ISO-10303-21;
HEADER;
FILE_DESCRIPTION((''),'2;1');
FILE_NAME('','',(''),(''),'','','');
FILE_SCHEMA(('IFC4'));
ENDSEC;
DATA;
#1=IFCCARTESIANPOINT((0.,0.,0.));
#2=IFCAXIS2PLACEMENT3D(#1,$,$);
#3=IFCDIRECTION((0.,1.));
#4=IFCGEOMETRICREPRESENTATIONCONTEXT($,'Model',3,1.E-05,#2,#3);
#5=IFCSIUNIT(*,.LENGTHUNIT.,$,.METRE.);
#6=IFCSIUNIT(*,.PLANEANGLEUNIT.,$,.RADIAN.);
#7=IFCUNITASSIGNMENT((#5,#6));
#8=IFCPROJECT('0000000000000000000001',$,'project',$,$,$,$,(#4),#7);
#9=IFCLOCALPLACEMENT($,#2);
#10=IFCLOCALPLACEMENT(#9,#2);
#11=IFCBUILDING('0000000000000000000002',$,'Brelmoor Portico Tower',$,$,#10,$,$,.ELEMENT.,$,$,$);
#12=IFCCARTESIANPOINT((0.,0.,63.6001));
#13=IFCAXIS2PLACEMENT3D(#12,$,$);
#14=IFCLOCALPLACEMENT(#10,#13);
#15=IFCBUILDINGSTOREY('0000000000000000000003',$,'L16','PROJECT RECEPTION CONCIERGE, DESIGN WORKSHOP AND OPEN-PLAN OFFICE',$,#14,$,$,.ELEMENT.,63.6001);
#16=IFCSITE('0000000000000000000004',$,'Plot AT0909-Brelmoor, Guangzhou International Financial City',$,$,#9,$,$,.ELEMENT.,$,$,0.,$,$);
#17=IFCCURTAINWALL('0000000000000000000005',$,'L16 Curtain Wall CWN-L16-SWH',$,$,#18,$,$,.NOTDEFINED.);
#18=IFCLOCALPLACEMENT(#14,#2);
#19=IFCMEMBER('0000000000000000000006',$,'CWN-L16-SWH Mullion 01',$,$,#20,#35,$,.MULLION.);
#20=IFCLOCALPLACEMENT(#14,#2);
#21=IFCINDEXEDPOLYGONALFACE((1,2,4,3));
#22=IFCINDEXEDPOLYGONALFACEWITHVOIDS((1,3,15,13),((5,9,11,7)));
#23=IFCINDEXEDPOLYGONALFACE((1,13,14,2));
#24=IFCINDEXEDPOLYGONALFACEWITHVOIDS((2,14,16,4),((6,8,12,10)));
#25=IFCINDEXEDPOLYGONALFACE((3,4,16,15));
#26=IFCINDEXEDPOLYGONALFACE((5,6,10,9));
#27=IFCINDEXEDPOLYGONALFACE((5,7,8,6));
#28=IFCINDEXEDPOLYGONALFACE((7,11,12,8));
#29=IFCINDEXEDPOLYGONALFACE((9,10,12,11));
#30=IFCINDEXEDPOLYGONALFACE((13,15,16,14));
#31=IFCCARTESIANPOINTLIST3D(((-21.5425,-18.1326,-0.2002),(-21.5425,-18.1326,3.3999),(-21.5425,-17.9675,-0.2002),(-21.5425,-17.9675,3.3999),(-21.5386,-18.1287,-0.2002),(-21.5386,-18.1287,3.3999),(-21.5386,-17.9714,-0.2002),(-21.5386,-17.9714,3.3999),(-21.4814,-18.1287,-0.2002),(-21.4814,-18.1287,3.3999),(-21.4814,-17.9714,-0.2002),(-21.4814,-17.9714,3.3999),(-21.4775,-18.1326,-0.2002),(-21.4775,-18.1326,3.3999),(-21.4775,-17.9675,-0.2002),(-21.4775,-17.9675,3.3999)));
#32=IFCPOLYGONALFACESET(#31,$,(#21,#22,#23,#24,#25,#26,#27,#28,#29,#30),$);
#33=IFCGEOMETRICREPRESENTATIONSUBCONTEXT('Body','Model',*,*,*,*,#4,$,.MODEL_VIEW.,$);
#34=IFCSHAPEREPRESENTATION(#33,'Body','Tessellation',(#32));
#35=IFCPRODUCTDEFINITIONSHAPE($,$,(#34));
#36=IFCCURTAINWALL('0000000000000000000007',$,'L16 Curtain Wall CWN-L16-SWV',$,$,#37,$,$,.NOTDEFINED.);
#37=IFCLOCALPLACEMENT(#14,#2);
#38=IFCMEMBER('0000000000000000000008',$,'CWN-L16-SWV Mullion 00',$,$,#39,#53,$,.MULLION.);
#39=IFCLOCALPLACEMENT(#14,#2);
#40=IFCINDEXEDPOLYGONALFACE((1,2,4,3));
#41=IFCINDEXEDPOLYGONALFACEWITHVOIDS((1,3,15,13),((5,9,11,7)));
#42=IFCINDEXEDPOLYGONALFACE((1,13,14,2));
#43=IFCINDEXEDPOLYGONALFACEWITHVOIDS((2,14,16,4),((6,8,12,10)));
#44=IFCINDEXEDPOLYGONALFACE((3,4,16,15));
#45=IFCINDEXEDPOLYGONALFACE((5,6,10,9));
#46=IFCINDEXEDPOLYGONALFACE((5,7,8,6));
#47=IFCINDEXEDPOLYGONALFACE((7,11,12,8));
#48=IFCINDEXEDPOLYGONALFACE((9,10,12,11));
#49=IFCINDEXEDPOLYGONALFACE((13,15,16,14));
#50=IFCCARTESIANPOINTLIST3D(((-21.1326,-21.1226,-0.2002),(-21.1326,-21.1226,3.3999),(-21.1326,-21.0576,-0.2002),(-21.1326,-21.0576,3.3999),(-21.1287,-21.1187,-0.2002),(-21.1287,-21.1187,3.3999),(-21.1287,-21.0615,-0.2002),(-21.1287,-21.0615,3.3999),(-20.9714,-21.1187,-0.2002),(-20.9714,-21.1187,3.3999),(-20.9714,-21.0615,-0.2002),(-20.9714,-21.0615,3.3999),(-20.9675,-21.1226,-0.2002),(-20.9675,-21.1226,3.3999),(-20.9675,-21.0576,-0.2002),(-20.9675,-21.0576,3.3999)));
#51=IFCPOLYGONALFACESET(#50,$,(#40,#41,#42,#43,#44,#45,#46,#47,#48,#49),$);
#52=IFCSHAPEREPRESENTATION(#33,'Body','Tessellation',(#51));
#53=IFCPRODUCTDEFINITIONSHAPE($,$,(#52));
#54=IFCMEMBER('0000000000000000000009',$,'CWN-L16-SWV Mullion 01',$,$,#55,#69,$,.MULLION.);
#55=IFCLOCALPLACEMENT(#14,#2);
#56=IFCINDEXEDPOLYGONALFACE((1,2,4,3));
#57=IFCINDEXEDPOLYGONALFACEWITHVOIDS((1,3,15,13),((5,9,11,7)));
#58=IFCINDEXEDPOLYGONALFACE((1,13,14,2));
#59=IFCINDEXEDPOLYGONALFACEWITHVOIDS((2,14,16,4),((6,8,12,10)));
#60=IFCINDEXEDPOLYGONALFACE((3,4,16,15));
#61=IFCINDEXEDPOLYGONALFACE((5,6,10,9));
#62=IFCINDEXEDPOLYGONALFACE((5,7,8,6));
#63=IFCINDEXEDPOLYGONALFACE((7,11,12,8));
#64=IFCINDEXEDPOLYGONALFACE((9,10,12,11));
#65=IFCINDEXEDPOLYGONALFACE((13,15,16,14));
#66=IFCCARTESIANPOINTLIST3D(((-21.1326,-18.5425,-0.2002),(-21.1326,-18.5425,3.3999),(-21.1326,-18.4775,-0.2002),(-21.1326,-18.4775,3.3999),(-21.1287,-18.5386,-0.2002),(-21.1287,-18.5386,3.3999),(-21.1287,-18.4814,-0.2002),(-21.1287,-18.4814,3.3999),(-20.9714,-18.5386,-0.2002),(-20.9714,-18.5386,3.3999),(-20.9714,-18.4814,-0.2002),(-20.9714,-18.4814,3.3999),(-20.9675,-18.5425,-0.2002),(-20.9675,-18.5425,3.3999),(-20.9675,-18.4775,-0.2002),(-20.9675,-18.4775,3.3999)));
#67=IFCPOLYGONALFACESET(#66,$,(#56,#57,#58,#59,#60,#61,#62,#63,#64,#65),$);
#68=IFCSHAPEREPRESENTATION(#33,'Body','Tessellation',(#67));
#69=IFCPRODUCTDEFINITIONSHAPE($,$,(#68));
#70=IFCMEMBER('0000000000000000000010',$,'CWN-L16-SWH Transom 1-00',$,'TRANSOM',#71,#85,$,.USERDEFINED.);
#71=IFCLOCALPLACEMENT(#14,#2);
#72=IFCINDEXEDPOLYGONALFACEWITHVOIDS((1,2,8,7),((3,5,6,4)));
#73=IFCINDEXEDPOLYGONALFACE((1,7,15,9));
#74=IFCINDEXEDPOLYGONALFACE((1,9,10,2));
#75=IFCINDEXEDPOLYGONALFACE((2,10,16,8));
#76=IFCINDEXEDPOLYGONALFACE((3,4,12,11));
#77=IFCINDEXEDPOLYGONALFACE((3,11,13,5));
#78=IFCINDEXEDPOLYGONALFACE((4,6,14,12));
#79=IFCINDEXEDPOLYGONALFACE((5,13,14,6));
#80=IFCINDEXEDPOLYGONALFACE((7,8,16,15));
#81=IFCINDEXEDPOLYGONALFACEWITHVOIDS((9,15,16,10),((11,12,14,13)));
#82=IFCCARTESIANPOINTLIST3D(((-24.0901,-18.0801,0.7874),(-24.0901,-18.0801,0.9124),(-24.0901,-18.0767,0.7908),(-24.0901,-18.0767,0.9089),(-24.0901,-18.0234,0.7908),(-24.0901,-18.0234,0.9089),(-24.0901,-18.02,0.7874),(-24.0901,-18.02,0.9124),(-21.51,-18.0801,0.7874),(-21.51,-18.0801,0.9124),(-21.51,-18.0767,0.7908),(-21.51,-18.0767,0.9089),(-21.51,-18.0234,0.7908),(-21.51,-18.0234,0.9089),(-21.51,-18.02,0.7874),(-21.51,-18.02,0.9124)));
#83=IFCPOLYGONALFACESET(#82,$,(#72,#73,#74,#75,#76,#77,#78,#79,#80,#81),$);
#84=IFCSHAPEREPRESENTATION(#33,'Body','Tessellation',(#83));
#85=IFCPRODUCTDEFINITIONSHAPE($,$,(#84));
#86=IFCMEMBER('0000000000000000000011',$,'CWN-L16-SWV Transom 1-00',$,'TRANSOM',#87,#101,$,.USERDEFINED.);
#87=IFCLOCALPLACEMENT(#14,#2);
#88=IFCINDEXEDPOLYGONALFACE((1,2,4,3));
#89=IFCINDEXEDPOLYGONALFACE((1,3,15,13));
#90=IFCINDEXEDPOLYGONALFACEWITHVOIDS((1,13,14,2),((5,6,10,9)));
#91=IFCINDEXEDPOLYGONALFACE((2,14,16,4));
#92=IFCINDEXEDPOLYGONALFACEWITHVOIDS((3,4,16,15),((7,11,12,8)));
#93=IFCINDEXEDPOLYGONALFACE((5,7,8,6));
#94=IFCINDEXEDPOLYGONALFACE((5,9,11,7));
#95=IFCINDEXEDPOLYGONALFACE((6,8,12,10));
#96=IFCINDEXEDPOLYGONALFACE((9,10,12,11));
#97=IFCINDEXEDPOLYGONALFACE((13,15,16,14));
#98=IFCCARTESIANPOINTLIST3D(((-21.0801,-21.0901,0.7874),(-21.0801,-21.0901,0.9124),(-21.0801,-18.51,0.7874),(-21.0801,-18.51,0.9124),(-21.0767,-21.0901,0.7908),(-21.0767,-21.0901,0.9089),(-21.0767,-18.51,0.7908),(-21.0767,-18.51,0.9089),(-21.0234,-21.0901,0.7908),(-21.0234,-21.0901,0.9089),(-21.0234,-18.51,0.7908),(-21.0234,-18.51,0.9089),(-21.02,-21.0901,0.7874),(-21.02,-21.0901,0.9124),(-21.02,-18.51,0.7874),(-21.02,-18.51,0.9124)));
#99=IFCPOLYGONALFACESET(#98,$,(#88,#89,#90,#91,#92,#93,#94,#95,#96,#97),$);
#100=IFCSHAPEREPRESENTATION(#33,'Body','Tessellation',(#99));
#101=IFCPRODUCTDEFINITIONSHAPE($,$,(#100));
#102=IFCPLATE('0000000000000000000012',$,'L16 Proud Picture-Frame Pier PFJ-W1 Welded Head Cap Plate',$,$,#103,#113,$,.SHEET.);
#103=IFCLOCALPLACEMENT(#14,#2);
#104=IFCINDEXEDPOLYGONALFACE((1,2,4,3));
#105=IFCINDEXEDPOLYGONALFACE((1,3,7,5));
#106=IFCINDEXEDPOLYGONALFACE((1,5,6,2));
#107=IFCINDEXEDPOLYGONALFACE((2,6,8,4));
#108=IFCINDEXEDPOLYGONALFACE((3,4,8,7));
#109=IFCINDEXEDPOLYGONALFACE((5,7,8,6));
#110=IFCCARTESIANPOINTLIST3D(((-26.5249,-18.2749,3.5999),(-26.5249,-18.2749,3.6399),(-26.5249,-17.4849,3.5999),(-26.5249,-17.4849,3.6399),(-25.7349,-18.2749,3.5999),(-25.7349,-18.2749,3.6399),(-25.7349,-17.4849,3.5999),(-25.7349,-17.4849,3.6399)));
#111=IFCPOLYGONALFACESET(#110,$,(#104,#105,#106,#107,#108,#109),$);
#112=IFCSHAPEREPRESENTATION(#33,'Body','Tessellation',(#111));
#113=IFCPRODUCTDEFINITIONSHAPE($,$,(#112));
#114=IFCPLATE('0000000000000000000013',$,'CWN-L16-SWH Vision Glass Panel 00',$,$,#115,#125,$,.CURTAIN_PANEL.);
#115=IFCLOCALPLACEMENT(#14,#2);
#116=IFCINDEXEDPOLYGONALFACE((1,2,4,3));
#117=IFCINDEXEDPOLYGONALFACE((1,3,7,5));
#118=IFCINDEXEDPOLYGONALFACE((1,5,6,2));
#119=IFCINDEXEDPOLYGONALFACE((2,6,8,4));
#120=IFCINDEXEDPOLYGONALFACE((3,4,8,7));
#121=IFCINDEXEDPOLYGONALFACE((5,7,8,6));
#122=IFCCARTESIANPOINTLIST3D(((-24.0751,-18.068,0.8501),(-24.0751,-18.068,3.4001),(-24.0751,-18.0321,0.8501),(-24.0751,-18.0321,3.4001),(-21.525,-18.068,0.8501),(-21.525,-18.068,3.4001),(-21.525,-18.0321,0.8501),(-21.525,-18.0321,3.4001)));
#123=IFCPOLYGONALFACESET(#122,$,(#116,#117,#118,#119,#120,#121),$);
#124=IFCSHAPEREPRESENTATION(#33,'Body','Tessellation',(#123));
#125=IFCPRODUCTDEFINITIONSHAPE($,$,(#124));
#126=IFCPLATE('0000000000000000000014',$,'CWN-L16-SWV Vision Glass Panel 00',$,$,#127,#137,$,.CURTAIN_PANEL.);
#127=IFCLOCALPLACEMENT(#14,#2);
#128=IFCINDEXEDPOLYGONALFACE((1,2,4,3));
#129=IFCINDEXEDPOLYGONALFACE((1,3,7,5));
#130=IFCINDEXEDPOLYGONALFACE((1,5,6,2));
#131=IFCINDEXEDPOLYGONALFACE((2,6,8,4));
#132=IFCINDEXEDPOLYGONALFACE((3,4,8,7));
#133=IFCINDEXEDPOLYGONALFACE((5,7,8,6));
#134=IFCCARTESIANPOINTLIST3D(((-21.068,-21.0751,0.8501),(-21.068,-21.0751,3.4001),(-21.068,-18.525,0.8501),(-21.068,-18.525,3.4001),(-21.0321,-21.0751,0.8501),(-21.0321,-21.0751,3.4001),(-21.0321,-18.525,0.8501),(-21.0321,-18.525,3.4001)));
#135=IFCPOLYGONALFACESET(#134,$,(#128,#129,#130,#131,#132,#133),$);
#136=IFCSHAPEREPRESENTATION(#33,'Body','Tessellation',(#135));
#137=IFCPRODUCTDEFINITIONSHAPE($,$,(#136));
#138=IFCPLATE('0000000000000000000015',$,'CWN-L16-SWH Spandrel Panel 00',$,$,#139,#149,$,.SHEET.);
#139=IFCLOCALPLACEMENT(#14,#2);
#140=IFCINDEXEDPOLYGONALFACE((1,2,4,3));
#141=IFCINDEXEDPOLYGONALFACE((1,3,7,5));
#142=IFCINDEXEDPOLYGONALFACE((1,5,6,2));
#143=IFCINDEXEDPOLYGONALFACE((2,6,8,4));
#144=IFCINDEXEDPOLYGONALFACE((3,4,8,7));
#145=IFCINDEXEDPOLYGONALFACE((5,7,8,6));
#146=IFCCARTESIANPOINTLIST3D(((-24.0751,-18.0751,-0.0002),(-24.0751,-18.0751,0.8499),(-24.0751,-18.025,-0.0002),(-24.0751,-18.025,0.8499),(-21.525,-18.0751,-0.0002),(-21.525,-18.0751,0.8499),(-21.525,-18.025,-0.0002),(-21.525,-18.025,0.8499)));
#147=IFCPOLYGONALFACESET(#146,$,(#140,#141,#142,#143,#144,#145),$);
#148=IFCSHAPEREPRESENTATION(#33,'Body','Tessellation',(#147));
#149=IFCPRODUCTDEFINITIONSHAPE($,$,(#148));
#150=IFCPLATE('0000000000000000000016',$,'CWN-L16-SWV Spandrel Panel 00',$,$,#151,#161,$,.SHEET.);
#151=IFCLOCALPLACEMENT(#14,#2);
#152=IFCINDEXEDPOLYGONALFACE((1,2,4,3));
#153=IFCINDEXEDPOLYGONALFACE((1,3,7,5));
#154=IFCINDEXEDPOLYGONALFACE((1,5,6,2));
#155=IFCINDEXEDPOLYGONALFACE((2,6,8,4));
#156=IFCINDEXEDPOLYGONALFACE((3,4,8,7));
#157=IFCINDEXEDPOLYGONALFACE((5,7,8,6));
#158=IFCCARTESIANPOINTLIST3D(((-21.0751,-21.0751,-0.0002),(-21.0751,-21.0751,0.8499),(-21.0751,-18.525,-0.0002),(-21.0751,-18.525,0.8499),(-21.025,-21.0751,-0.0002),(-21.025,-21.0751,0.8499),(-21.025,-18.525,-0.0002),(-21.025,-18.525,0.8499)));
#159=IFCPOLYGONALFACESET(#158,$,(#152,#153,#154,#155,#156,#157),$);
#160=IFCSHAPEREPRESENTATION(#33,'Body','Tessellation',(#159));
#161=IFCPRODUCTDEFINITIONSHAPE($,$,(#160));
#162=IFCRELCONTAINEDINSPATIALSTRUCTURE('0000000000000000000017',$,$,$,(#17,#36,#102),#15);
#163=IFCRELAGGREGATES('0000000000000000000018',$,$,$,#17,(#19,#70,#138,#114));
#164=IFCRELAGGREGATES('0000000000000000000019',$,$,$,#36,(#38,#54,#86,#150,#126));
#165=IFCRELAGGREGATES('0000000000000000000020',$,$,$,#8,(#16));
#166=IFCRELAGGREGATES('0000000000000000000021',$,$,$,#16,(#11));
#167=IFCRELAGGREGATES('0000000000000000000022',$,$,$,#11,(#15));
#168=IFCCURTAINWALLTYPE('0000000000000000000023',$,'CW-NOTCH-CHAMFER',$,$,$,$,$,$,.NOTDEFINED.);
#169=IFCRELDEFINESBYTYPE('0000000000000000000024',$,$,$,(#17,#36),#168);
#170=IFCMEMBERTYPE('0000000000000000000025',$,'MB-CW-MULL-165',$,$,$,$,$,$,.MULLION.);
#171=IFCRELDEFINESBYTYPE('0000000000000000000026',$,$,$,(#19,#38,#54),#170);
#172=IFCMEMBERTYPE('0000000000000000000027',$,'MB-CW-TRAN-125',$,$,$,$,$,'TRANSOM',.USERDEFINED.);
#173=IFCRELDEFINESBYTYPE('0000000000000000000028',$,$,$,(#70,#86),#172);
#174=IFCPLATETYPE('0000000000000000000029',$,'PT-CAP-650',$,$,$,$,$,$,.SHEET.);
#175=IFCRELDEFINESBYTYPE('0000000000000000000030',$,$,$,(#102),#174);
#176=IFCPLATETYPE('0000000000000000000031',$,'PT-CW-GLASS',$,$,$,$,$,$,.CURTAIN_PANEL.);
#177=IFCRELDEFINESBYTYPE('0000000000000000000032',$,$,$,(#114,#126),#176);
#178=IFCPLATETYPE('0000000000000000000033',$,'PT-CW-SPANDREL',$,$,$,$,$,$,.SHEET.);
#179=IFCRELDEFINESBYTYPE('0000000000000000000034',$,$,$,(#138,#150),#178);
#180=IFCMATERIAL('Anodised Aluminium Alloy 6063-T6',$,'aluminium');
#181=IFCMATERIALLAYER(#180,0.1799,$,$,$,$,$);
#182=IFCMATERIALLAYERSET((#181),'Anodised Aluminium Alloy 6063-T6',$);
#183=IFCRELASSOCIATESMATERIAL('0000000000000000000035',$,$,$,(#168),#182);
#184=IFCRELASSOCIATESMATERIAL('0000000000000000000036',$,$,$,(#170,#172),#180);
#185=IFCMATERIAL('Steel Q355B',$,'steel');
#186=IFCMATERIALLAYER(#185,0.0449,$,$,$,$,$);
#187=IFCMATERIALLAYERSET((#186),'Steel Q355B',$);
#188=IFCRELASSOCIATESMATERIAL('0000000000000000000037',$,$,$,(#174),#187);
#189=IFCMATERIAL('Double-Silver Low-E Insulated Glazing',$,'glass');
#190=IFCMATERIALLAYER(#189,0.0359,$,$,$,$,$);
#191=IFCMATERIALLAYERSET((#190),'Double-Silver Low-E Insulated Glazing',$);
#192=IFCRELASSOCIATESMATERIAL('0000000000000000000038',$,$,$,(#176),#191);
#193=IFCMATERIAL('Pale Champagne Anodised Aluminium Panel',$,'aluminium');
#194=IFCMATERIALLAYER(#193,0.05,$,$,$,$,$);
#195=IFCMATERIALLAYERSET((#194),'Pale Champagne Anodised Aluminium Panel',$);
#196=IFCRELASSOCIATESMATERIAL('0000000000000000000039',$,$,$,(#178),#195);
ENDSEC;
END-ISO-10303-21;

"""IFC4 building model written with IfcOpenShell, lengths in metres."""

from ifc_helpers import new_model, si_unit, direction, frame, origin, origin_2d, place, context, subcontext, project, spatial, rectangle, hollow_rectangle, extrude, material, layer, layer_set, material_profile, profile_set, type_object, element, aggregate, save


model = new_model("IFC4")

# Units and contexts
model_context = context("Model", 3, precision=1e-05, world=origin(), true_north=direction((0.0, 1.0)))
body_context = subcontext(model_context, "Body", "Model", "MODEL_VIEW")
ifc_project = project(units=[si_unit("LENGTHUNIT", "METRE"), si_unit("PLANEANGLEUNIT", "RADIAN")], contexts=[model_context])

# Site, building, storey
site_placement = place(None, origin())
site = spatial("IfcSite", under=ifc_project, at=site_placement, Name="Plot AT0909-Brelmoor, Guangzhou International Financial City", CompositionType="ELEMENT", RefElevation=0.0)
building_placement = place(site_placement, origin())
building = spatial("IfcBuilding", under=site, at=building_placement, Name="Brelmoor Portico Tower", CompositionType="ELEMENT")
storey_placement = place(building_placement, frame((0.0, 0.0, 63.6001)))
storey = spatial("IfcBuildingStorey", under=building, at=storey_placement, Name="L16", Description="PROJECT RECEPTION CONCIERGE, DESIGN WORKSHOP AND OPEN-PLAN OFFICE", CompositionType="ELEMENT", Elevation=63.6001)

# Shared definitions
ifc_material_1 = material(Name="Steel Q355B", Category="steel")

# Curtain walls, members
ifc_material_2 = material(Name="Anodised Aluminium Alloy 6063-T6", Category="aluminium")
ifc_layer_1 = layer(ifc_material_2, 0.1799)
ifc_layer_set_1 = layer_set([ifc_layer_1], Name="Anodised Aluminium Alloy 6063-T6")
curtain_wall_type = type_object("IfcCurtainWallType", Name="CW-NOTCH-CHAMFER", PredefinedType="NOTDEFINED", material=ifc_layer_set_1)
curtain_wall_1_placement = place(storey_placement, origin())
curtain_wall_1 = element("IfcCurtainWall", 1, at=curtain_wall_1_placement, inside=storey, type_object=curtain_wall_type, Name="L16 Curtain Wall CWN-L16-SWH", PredefinedType="NOTDEFINED")
ifc_material_profile_1 = material_profile(ifc_material_2, hollow_rectangle(XDim=0.0649, YDim=0.165, WallThickness=0.0039, at=origin_2d()), Name="ALU MULLION 65x165")
ifc_profile_set_1 = profile_set([ifc_material_profile_1], Name="Anodised Aluminium Alloy 6063-T6")
member_type_1 = type_object("IfcMemberType", Name="MB-CW-MULL-165", PredefinedType="MULLION", material=ifc_profile_set_1)
member_1_placement = place(storey_placement, frame((-21.51, -18.05, -0.2002), z_axis=(0.0, 0.0, 1.0), x_axis=(1.0, 0.0, 0.0)))
member_1 = element("IfcMember", 2, at=member_1_placement, type_object=member_type_1, Name="CWN-L16-SWH Mullion 01", PredefinedType="MULLION", context=body_context, shape_type="SweptSolid", body=[
    extrude(hollow_rectangle(XDim=0.0649, YDim=0.165, WallThickness=0.0039, at=origin_2d()), origin(), (0.0, 0.0, 1.0), 3.6001),
])
curtain_wall_2_placement = place(storey_placement, origin())
curtain_wall_2 = element("IfcCurtainWall", 3, at=curtain_wall_2_placement, inside=storey, type_object=curtain_wall_type, Name="L16 Curtain Wall CWN-L16-SWV", PredefinedType="NOTDEFINED")
member_2_placement = place(storey_placement, frame((-21.05, -21.0901, -0.2002), z_axis=(0.0, 0.0, 1.0), x_axis=(0.0, 1.0, 0.0)))
member_2 = element("IfcMember", 4, at=member_2_placement, type_object=member_type_1, Name="CWN-L16-SWV Mullion 00", PredefinedType="MULLION", context=body_context, shape_type="SweptSolid", body=[
    extrude(hollow_rectangle(XDim=0.0649, YDim=0.165, WallThickness=0.0039, at=origin_2d()), origin(), (0.0, 0.0, 1.0), 3.6001),
])
member_3_placement = place(storey_placement, frame((-21.05, -18.51, -0.2002), z_axis=(0.0, 0.0, 1.0), x_axis=(0.0, 1.0, 0.0)))
member_3 = element("IfcMember", 5, at=member_3_placement, type_object=member_type_1, Name="CWN-L16-SWV Mullion 01", PredefinedType="MULLION", context=body_context, shape_type="SweptSolid", body=[
    extrude(hollow_rectangle(XDim=0.0649, YDim=0.165, WallThickness=0.0039, at=origin_2d()), origin(), (0.0, 0.0, 1.0), 3.6001),
])

# Members
ifc_material_profile_2 = material_profile(ifc_material_2, hollow_rectangle(XDim=0.0601, YDim=0.125, WallThickness=0.0034, at=origin_2d()), Name="ALU TRANSOM 60x125")
ifc_profile_set_2 = profile_set([ifc_material_profile_2], Name="Anodised Aluminium Alloy 6063-T6")
member_type_2 = type_object("IfcMemberType", Name="MB-CW-TRAN-125", ElementType="TRANSOM", PredefinedType="USERDEFINED", material=ifc_profile_set_2)
member_4_placement = place(storey_placement, frame((-24.0901, -18.05, 0.8499), z_axis=(1.0, 0.0, 0.0), x_axis=(0.0, 1.0, 0.0)))
member_4 = element("IfcMember", 6, at=member_4_placement, type_object=member_type_2, Name="CWN-L16-SWH Transom 1-00", ObjectType="TRANSOM", PredefinedType="USERDEFINED", context=body_context, shape_type="SweptSolid", body=[
    extrude(hollow_rectangle(XDim=0.0601, YDim=0.125, WallThickness=0.0034, at=origin_2d()), origin(), (0.0, 0.0, 1.0), 2.5801),
])
member_5_placement = place(storey_placement, frame((-21.05, -21.0901, 0.8499), z_axis=(0.0, 1.0, 0.0), x_axis=(-1.0, 0.0, 0.0)))
member_5 = element("IfcMember", 7, at=member_5_placement, type_object=member_type_2, Name="CWN-L16-SWV Transom 1-00", ObjectType="TRANSOM", PredefinedType="USERDEFINED", context=body_context, shape_type="SweptSolid", body=[
    extrude(hollow_rectangle(XDim=0.0601, YDim=0.125, WallThickness=0.0034, at=origin_2d()), origin(), (0.0, 0.0, 1.0), 2.5801),
])

# Plates
ifc_layer_2 = layer(ifc_material_1, 0.0449)
ifc_layer_set_2 = layer_set([ifc_layer_2], Name="Steel Q355B")
plate_type_1 = type_object("IfcPlateType", Name="PT-CAP-650", PredefinedType="SHEET", material=ifc_layer_set_2)
plate_1_placement = place(storey_placement, frame((-26.1299, -17.8799, 3.5999), z_axis=(0.0, 0.0, 1.0), x_axis=(0.0, 1.0, 0.0)))
element("IfcPlate", 8, at=plate_1_placement, inside=storey, type_object=plate_type_1, Name="L16 Proud Picture-Frame Pier PFJ-W1 Welded Head Cap Plate", PredefinedType="SHEET", context=body_context, shape_type="SweptSolid", body=[
    extrude(rectangle(XDim=0.79, YDim=0.79, at=origin_2d()), origin(), (0.0, 0.0, 1.0), 0.04),
])
ifc_material_3 = material(Name="Double-Silver Low-E Insulated Glazing", Category="glass")
ifc_layer_3 = layer(ifc_material_3, 0.0359)
ifc_layer_set_3 = layer_set([ifc_layer_3], Name="Double-Silver Low-E Insulated Glazing")
plate_type_2 = type_object("IfcPlateType", Name="PT-CW-GLASS", PredefinedType="CURTAIN_PANEL", material=ifc_layer_set_3)
plate_2_placement = place(storey_placement, frame((-22.8, -18.05, 0.8501), z_axis=(0.0, 0.0, 1.0), x_axis=(1.0, 0.0, 0.0)))
plate_2 = element("IfcPlate", 9, at=plate_2_placement, type_object=plate_type_2, Name="CWN-L16-SWH Vision Glass Panel 00", PredefinedType="CURTAIN_PANEL", context=body_context, shape_type="SweptSolid", body=[
    extrude(rectangle(XDim=2.55, YDim=0.0359, at=origin_2d()), origin(), (0.0, 0.0, 1.0), 2.55),
])
plate_3_placement = place(storey_placement, frame((-21.05, -19.8, 0.8501), z_axis=(0.0, 0.0, 1.0), x_axis=(0.0, 1.0, 0.0)))
plate_3 = element("IfcPlate", 10, at=plate_3_placement, type_object=plate_type_2, Name="CWN-L16-SWV Vision Glass Panel 00", PredefinedType="CURTAIN_PANEL", context=body_context, shape_type="SweptSolid", body=[
    extrude(rectangle(XDim=2.55, YDim=0.0359, at=origin_2d()), origin(), (0.0, 0.0, 1.0), 2.55),
])
ifc_material_4 = material(Name="Pale Champagne Anodised Aluminium Panel", Category="aluminium")
ifc_layer_4 = layer(ifc_material_4, 0.05)
ifc_layer_set_4 = layer_set([ifc_layer_4], Name="Pale Champagne Anodised Aluminium Panel")
plate_type_3 = type_object("IfcPlateType", Name="PT-CW-SPANDREL", PredefinedType="SHEET", material=ifc_layer_set_4)
plate_4_placement = place(storey_placement, frame((-22.8, -18.05, -0.0002), z_axis=(0.0, 0.0, 1.0), x_axis=(1.0, 0.0, 0.0)))
plate_4 = element("IfcPlate", 11, at=plate_4_placement, type_object=plate_type_3, Name="CWN-L16-SWH Spandrel Panel 00", PredefinedType="SHEET", context=body_context, shape_type="SweptSolid", body=[
    extrude(rectangle(XDim=2.55, YDim=0.05, at=origin_2d()), origin(), (0.0, 0.0, 1.0), 0.8501),
])
aggregate(curtain_wall_1, [member_1, member_4, plate_4, plate_2])
plate_5_placement = place(storey_placement, frame((-21.05, -19.8, -0.0002), z_axis=(0.0, 0.0, 1.0), x_axis=(0.0, 1.0, 0.0)))
plate_5 = element("IfcPlate", 12, at=plate_5_placement, type_object=plate_type_3, Name="CWN-L16-SWV Spandrel Panel 00", PredefinedType="SHEET", context=body_context, shape_type="SweptSolid", body=[
    extrude(rectangle(XDim=2.55, YDim=0.05, at=origin_2d()), origin(), (0.0, 0.0, 1.0), 0.8501),
])
aggregate(curtain_wall_2, [member_2, member_3, member_5, plate_5, plate_3])

save(model, "model.ifc")
